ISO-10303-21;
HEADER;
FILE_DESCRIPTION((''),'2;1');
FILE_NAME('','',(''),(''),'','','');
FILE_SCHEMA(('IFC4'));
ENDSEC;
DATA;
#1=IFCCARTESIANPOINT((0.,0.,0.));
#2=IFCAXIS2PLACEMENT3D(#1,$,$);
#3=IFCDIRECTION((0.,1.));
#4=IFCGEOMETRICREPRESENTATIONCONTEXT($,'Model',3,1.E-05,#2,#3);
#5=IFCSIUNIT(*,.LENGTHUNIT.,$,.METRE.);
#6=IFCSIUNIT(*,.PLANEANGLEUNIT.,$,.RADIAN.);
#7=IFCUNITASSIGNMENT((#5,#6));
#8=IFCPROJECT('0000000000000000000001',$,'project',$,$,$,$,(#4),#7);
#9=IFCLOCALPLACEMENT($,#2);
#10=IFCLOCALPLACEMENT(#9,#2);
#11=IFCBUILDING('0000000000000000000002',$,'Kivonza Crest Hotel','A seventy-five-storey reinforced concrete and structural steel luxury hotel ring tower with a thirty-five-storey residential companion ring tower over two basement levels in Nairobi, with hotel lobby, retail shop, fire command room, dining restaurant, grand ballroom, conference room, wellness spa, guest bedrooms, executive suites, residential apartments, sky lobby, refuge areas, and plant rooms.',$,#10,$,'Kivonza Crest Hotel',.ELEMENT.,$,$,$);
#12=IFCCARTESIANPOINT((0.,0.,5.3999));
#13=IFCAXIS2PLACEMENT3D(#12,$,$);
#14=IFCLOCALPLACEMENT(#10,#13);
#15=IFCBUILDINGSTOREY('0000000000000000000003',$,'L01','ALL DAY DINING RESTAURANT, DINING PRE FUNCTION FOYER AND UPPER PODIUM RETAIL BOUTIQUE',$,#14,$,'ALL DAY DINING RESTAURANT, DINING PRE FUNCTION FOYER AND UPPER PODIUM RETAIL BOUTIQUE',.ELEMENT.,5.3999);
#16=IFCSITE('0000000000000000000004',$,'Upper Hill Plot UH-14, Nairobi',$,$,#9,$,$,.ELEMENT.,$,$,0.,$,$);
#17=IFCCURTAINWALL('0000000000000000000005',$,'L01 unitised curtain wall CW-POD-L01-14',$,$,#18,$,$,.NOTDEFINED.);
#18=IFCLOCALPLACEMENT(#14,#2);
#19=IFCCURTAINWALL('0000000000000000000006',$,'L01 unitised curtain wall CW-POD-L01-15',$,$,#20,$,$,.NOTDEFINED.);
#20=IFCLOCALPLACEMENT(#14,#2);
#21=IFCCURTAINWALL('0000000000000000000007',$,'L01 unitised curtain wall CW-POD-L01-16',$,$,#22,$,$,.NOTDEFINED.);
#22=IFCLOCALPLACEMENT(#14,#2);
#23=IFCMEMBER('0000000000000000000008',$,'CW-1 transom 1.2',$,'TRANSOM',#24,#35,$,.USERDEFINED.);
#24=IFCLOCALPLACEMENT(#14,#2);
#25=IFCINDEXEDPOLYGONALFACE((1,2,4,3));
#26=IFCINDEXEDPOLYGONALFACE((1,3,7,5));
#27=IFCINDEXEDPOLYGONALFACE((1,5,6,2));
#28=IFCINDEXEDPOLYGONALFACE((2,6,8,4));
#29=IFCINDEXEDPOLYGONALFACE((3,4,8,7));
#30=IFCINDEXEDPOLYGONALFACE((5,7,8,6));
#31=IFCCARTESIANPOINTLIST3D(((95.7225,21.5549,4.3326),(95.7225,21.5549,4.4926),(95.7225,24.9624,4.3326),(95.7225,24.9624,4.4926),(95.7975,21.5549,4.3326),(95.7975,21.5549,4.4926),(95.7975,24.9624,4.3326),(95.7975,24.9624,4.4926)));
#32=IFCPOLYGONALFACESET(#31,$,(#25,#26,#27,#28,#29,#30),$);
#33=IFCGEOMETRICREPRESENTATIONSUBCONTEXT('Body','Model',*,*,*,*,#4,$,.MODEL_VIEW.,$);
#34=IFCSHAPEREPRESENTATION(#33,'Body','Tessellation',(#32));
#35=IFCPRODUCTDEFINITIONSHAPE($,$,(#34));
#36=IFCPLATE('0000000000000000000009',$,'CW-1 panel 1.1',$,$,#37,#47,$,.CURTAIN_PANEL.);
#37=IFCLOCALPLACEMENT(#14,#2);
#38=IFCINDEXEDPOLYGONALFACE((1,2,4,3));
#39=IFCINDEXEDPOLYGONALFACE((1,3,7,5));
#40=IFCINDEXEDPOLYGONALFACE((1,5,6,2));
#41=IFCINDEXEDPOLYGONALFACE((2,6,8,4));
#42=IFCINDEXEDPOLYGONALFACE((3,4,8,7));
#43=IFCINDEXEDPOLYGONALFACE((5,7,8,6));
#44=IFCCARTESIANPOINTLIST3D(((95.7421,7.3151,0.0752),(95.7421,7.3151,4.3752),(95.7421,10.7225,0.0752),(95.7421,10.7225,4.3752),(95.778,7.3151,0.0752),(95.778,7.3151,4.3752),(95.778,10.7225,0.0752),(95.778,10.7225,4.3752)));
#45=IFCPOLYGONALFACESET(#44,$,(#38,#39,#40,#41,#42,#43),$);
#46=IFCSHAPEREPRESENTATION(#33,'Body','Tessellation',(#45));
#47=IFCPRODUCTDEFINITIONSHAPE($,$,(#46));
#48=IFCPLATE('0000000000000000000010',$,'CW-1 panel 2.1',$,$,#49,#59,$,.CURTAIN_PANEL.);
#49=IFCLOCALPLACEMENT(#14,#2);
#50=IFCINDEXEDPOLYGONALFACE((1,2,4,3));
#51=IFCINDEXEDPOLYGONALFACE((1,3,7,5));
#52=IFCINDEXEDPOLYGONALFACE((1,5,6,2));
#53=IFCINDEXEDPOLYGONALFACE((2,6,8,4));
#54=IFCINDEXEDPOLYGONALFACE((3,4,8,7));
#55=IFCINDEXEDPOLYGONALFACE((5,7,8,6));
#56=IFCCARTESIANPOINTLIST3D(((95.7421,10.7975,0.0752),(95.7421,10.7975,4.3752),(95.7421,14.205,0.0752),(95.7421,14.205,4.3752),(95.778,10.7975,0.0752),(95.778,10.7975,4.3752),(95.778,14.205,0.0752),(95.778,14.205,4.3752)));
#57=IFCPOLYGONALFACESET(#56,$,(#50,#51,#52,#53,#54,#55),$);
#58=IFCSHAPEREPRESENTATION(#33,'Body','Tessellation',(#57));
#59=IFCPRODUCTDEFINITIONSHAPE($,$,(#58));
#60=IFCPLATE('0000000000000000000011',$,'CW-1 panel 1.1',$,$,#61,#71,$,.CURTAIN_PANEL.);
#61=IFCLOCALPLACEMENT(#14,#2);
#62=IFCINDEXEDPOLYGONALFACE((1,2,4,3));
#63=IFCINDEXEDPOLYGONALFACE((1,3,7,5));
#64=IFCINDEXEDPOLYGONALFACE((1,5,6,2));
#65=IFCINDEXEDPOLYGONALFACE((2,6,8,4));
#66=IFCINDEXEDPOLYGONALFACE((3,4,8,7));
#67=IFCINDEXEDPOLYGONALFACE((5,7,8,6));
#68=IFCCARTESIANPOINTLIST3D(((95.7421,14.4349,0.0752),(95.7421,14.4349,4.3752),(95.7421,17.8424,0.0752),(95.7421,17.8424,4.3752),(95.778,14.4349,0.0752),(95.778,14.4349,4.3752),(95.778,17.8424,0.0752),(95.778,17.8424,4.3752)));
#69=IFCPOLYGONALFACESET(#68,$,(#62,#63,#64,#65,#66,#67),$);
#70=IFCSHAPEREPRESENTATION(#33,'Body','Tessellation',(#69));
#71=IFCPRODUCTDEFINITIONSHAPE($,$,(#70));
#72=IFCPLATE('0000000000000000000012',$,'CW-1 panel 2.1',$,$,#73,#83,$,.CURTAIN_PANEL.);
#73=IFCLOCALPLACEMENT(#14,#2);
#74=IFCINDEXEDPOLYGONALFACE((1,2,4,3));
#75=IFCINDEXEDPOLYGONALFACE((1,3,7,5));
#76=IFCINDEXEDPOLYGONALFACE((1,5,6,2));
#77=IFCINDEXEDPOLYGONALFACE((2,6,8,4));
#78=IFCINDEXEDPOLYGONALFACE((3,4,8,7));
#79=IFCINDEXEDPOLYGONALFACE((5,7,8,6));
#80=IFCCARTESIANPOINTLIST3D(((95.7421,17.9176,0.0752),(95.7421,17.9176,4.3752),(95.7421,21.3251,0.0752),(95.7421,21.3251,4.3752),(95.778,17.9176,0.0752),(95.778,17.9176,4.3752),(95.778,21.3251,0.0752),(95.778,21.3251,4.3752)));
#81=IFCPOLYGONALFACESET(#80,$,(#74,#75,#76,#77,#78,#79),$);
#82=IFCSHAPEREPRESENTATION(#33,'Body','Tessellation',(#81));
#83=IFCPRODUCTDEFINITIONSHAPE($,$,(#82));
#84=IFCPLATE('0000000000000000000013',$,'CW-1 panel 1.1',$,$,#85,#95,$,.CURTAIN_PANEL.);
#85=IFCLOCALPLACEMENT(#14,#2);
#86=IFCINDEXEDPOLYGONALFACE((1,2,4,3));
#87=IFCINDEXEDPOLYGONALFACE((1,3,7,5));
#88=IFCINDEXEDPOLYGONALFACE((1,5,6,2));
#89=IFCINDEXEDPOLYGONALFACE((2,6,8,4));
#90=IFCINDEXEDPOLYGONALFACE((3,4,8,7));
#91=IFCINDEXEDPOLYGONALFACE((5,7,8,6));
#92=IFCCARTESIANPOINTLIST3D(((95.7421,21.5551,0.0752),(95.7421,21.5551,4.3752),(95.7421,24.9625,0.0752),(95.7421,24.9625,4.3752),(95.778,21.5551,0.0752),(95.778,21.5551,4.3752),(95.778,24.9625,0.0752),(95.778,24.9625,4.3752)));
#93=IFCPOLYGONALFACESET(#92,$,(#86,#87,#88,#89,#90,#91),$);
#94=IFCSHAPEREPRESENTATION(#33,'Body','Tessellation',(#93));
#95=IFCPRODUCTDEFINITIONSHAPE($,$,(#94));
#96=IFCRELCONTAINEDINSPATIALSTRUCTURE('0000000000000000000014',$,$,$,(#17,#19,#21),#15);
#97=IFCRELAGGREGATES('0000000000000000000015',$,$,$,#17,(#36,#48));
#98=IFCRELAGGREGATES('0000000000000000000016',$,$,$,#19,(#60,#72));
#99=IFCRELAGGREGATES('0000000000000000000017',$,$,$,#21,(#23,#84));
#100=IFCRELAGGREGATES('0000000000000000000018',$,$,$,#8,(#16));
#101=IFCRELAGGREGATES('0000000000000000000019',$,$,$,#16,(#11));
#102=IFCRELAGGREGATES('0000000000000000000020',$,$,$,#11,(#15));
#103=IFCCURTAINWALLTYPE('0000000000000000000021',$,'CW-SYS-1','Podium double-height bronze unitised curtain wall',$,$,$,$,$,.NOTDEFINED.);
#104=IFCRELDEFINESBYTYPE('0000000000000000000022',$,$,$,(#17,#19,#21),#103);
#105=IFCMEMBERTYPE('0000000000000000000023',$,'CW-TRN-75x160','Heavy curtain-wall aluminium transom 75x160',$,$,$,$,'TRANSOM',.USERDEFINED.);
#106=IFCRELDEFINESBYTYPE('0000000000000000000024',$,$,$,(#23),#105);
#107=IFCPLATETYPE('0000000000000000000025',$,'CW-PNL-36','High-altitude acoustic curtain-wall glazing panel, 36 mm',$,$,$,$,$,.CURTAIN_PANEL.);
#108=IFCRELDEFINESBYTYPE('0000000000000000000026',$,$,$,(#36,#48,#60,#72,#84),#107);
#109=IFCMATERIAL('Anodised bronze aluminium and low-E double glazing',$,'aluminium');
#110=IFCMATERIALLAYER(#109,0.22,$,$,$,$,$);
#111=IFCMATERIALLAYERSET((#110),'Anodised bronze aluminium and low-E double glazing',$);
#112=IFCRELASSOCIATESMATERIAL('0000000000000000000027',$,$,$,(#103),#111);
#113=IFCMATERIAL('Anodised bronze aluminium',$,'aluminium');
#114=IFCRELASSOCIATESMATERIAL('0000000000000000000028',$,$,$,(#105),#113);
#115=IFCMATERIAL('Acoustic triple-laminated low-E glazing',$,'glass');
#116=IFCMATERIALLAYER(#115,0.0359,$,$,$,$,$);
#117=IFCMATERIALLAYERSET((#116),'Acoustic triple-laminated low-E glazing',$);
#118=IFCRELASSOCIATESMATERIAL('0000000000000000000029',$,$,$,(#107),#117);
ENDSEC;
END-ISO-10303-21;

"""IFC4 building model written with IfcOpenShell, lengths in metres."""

from ifc_helpers import new_model, si_unit, direction, frame, origin, origin_2d, place, context, subcontext, project, spatial, rectangle, extrude, material, layer, layer_set, material_profile, profile_set, type_object, element, aggregate, save


model = new_model("IFC4")

# Units and contexts
model_context = context("Model", 3, precision=1e-05, world=origin(), true_north=direction((0.0, 1.0)))
body_context = subcontext(model_context, "Body", "Model", "MODEL_VIEW")
ifc_project = project(units=[si_unit("LENGTHUNIT", "METRE"), si_unit("PLANEANGLEUNIT", "RADIAN")], contexts=[model_context])

# Site, building, storey
site_placement = place(None, origin())
site = spatial("IfcSite", under=ifc_project, at=site_placement, Name="Upper Hill Plot UH-14, Nairobi", CompositionType="ELEMENT", RefElevation=0.0)
building_placement = place(site_placement, origin())
building = spatial("IfcBuilding", under=site, at=building_placement, Name="Kivonza Crest Hotel", Description="A seventy-five-storey reinforced concrete and structural steel luxury hotel ring tower with a thirty-five-storey residential companion ring tower over two basement levels in Nairobi, with hotel lobby, retail shop, fire command room, dining restaurant, grand ballroom, conference room, wellness spa, guest bedrooms, executive suites, residential apartments, sky lobby, refuge areas, and plant rooms.", LongName="Kivonza Crest Hotel", CompositionType="ELEMENT")
storey_placement = place(building_placement, frame((0.0, 0.0, 5.3999)))
storey = spatial("IfcBuildingStorey", under=building, at=storey_placement, Name="L01", Description="ALL DAY DINING RESTAURANT, DINING PRE FUNCTION FOYER AND UPPER PODIUM RETAIL BOUTIQUE", LongName="ALL DAY DINING RESTAURANT, DINING PRE FUNCTION FOYER AND UPPER PODIUM RETAIL BOUTIQUE", CompositionType="ELEMENT", Elevation=5.3999)

# Curtain walls
ifc_material_1 = material(Name="Anodised bronze aluminium and low-E double glazing", Category="aluminium")
ifc_layer_1 = layer(ifc_material_1, 0.22)
ifc_layer_set_1 = layer_set([ifc_layer_1], Name="Anodised bronze aluminium and low-E double glazing")
curtain_wall_type = type_object("IfcCurtainWallType", Name="CW-SYS-1", Description="Podium double-height bronze unitised curtain wall", PredefinedType="NOTDEFINED", material=ifc_layer_set_1)
curtain_wall_1_placement = place(storey_placement, origin())
curtain_wall_1 = element("IfcCurtainWall", 1, at=curtain_wall_1_placement, inside=storey, type_object=curtain_wall_type, Name="L01 unitised curtain wall CW-POD-L01-14", PredefinedType="NOTDEFINED")
ifc_material_2 = material(Name="Anodised bronze aluminium", Category="aluminium")
curtain_wall_2_placement = place(storey_placement, origin())
curtain_wall_2 = element("IfcCurtainWall", 2, at=curtain_wall_2_placement, inside=storey, type_object=curtain_wall_type, Name="L01 unitised curtain wall CW-POD-L01-15", PredefinedType="NOTDEFINED")

# Curtain wall
curtain_wall_3_placement = place(storey_placement, origin())
curtain_wall_3 = element("IfcCurtainWall", 3, at=curtain_wall_3_placement, inside=storey, type_object=curtain_wall_type, Name="L01 unitised curtain wall CW-POD-L01-16", PredefinedType="NOTDEFINED")

# Member
ifc_material_profile_1 = material_profile(ifc_material_2, rectangle(XDim=0.075, YDim=0.1599, at=origin_2d()), Name="CW-T 75x160")
ifc_profile_set_1 = profile_set([ifc_material_profile_1], Name="Anodised bronze aluminium")
member_type_1 = type_object("IfcMemberType", Name="CW-TRN-75x160", Description="Heavy curtain-wall aluminium transom 75x160", ElementType="TRANSOM", PredefinedType="USERDEFINED", material=ifc_profile_set_1)
member_1_placement = place(storey_placement, frame((95.76, 21.5549, 4.4126), z_axis=(0.0, 1.0, 0.0), x_axis=(-1.0, 0.0, 0.0)))
member_1 = element("IfcMember", 4, at=member_1_placement, type_object=member_type_1, Name="CW-1 transom 1.2", ObjectType="TRANSOM", PredefinedType="USERDEFINED", context=body_context, shape_type="SweptSolid", body=[
    extrude(rectangle(XDim=0.075, YDim=0.1599, at=origin_2d()), origin(), (0.0, 0.0, 1.0), 3.4075),
])

# Plates
ifc_material_3 = material(Name="Acoustic triple-laminated low-E glazing", Category="glass")
ifc_layer_2 = layer(ifc_material_3, 0.0359)
ifc_layer_set_2 = layer_set([ifc_layer_2], Name="Acoustic triple-laminated low-E glazing")
plate_type = type_object("IfcPlateType", Name="CW-PNL-36", Description="High-altitude acoustic curtain-wall glazing panel, 36 mm", PredefinedType="CURTAIN_PANEL", material=ifc_layer_set_2)
plate_1_placement = place(storey_placement, frame((95.76, 9.0188, 0.0752), z_axis=(0.0, 0.0, 1.0), x_axis=(0.0, 1.0, 0.0)))
plate_1 = element("IfcPlate", 5, at=plate_1_placement, type_object=plate_type, Name="CW-1 panel 1.1", PredefinedType="CURTAIN_PANEL", context=body_context, shape_type="SweptSolid", body=[
    extrude(rectangle(XDim=3.4075, YDim=0.0359, at=origin_2d()), origin(), (0.0, 0.0, 1.0), 4.3),
])
plate_2_placement = place(storey_placement, frame((95.76, 12.5012, 0.0752), z_axis=(0.0, 0.0, 1.0), x_axis=(0.0, 1.0, 0.0)))
plate_2 = element("IfcPlate", 6, at=plate_2_placement, type_object=plate_type, Name="CW-1 panel 2.1", PredefinedType="CURTAIN_PANEL", context=body_context, shape_type="SweptSolid", body=[
    extrude(rectangle(XDim=3.4075, YDim=0.0359, at=origin_2d()), origin(), (0.0, 0.0, 1.0), 4.3),
])
aggregate(curtain_wall_1, [plate_1, plate_2])
plate_3_placement = place(storey_placement, frame((95.76, 16.1387, 0.0752), z_axis=(0.0, 0.0, 1.0), x_axis=(0.0, 1.0, 0.0)))
plate_3 = element("IfcPlate", 7, at=plate_3_placement, type_object=plate_type, Name="CW-1 panel 1.1", PredefinedType="CURTAIN_PANEL", context=body_context, shape_type="SweptSolid", body=[
    extrude(rectangle(XDim=3.4075, YDim=0.0359, at=origin_2d()), origin(), (0.0, 0.0, 1.0), 4.3),
])
plate_4_placement = place(storey_placement, frame((95.76, 19.6213, 0.0752), z_axis=(0.0, 0.0, 1.0), x_axis=(0.0, 1.0, 0.0)))
plate_4 = element("IfcPlate", 8, at=plate_4_placement, type_object=plate_type, Name="CW-1 panel 2.1", PredefinedType="CURTAIN_PANEL", context=body_context, shape_type="SweptSolid", body=[
    extrude(rectangle(XDim=3.4075, YDim=0.0359, at=origin_2d()), origin(), (0.0, 0.0, 1.0), 4.3),
])
aggregate(curtain_wall_2, [plate_3, plate_4])
plate_5_placement = place(storey_placement, frame((95.76, 23.2588, 0.0752), z_axis=(0.0, 0.0, 1.0), x_axis=(0.0, 1.0, 0.0)))
plate_5 = element("IfcPlate", 9, at=plate_5_placement, type_object=plate_type, Name="CW-1 panel 1.1", PredefinedType="CURTAIN_PANEL", context=body_context, shape_type="SweptSolid", body=[
    extrude(rectangle(XDim=3.4075, YDim=0.0359, at=origin_2d()), origin(), (0.0, 0.0, 1.0), 4.3),
])
aggregate(curtain_wall_3, [member_1, plate_5])

save(model, "model.ifc")
